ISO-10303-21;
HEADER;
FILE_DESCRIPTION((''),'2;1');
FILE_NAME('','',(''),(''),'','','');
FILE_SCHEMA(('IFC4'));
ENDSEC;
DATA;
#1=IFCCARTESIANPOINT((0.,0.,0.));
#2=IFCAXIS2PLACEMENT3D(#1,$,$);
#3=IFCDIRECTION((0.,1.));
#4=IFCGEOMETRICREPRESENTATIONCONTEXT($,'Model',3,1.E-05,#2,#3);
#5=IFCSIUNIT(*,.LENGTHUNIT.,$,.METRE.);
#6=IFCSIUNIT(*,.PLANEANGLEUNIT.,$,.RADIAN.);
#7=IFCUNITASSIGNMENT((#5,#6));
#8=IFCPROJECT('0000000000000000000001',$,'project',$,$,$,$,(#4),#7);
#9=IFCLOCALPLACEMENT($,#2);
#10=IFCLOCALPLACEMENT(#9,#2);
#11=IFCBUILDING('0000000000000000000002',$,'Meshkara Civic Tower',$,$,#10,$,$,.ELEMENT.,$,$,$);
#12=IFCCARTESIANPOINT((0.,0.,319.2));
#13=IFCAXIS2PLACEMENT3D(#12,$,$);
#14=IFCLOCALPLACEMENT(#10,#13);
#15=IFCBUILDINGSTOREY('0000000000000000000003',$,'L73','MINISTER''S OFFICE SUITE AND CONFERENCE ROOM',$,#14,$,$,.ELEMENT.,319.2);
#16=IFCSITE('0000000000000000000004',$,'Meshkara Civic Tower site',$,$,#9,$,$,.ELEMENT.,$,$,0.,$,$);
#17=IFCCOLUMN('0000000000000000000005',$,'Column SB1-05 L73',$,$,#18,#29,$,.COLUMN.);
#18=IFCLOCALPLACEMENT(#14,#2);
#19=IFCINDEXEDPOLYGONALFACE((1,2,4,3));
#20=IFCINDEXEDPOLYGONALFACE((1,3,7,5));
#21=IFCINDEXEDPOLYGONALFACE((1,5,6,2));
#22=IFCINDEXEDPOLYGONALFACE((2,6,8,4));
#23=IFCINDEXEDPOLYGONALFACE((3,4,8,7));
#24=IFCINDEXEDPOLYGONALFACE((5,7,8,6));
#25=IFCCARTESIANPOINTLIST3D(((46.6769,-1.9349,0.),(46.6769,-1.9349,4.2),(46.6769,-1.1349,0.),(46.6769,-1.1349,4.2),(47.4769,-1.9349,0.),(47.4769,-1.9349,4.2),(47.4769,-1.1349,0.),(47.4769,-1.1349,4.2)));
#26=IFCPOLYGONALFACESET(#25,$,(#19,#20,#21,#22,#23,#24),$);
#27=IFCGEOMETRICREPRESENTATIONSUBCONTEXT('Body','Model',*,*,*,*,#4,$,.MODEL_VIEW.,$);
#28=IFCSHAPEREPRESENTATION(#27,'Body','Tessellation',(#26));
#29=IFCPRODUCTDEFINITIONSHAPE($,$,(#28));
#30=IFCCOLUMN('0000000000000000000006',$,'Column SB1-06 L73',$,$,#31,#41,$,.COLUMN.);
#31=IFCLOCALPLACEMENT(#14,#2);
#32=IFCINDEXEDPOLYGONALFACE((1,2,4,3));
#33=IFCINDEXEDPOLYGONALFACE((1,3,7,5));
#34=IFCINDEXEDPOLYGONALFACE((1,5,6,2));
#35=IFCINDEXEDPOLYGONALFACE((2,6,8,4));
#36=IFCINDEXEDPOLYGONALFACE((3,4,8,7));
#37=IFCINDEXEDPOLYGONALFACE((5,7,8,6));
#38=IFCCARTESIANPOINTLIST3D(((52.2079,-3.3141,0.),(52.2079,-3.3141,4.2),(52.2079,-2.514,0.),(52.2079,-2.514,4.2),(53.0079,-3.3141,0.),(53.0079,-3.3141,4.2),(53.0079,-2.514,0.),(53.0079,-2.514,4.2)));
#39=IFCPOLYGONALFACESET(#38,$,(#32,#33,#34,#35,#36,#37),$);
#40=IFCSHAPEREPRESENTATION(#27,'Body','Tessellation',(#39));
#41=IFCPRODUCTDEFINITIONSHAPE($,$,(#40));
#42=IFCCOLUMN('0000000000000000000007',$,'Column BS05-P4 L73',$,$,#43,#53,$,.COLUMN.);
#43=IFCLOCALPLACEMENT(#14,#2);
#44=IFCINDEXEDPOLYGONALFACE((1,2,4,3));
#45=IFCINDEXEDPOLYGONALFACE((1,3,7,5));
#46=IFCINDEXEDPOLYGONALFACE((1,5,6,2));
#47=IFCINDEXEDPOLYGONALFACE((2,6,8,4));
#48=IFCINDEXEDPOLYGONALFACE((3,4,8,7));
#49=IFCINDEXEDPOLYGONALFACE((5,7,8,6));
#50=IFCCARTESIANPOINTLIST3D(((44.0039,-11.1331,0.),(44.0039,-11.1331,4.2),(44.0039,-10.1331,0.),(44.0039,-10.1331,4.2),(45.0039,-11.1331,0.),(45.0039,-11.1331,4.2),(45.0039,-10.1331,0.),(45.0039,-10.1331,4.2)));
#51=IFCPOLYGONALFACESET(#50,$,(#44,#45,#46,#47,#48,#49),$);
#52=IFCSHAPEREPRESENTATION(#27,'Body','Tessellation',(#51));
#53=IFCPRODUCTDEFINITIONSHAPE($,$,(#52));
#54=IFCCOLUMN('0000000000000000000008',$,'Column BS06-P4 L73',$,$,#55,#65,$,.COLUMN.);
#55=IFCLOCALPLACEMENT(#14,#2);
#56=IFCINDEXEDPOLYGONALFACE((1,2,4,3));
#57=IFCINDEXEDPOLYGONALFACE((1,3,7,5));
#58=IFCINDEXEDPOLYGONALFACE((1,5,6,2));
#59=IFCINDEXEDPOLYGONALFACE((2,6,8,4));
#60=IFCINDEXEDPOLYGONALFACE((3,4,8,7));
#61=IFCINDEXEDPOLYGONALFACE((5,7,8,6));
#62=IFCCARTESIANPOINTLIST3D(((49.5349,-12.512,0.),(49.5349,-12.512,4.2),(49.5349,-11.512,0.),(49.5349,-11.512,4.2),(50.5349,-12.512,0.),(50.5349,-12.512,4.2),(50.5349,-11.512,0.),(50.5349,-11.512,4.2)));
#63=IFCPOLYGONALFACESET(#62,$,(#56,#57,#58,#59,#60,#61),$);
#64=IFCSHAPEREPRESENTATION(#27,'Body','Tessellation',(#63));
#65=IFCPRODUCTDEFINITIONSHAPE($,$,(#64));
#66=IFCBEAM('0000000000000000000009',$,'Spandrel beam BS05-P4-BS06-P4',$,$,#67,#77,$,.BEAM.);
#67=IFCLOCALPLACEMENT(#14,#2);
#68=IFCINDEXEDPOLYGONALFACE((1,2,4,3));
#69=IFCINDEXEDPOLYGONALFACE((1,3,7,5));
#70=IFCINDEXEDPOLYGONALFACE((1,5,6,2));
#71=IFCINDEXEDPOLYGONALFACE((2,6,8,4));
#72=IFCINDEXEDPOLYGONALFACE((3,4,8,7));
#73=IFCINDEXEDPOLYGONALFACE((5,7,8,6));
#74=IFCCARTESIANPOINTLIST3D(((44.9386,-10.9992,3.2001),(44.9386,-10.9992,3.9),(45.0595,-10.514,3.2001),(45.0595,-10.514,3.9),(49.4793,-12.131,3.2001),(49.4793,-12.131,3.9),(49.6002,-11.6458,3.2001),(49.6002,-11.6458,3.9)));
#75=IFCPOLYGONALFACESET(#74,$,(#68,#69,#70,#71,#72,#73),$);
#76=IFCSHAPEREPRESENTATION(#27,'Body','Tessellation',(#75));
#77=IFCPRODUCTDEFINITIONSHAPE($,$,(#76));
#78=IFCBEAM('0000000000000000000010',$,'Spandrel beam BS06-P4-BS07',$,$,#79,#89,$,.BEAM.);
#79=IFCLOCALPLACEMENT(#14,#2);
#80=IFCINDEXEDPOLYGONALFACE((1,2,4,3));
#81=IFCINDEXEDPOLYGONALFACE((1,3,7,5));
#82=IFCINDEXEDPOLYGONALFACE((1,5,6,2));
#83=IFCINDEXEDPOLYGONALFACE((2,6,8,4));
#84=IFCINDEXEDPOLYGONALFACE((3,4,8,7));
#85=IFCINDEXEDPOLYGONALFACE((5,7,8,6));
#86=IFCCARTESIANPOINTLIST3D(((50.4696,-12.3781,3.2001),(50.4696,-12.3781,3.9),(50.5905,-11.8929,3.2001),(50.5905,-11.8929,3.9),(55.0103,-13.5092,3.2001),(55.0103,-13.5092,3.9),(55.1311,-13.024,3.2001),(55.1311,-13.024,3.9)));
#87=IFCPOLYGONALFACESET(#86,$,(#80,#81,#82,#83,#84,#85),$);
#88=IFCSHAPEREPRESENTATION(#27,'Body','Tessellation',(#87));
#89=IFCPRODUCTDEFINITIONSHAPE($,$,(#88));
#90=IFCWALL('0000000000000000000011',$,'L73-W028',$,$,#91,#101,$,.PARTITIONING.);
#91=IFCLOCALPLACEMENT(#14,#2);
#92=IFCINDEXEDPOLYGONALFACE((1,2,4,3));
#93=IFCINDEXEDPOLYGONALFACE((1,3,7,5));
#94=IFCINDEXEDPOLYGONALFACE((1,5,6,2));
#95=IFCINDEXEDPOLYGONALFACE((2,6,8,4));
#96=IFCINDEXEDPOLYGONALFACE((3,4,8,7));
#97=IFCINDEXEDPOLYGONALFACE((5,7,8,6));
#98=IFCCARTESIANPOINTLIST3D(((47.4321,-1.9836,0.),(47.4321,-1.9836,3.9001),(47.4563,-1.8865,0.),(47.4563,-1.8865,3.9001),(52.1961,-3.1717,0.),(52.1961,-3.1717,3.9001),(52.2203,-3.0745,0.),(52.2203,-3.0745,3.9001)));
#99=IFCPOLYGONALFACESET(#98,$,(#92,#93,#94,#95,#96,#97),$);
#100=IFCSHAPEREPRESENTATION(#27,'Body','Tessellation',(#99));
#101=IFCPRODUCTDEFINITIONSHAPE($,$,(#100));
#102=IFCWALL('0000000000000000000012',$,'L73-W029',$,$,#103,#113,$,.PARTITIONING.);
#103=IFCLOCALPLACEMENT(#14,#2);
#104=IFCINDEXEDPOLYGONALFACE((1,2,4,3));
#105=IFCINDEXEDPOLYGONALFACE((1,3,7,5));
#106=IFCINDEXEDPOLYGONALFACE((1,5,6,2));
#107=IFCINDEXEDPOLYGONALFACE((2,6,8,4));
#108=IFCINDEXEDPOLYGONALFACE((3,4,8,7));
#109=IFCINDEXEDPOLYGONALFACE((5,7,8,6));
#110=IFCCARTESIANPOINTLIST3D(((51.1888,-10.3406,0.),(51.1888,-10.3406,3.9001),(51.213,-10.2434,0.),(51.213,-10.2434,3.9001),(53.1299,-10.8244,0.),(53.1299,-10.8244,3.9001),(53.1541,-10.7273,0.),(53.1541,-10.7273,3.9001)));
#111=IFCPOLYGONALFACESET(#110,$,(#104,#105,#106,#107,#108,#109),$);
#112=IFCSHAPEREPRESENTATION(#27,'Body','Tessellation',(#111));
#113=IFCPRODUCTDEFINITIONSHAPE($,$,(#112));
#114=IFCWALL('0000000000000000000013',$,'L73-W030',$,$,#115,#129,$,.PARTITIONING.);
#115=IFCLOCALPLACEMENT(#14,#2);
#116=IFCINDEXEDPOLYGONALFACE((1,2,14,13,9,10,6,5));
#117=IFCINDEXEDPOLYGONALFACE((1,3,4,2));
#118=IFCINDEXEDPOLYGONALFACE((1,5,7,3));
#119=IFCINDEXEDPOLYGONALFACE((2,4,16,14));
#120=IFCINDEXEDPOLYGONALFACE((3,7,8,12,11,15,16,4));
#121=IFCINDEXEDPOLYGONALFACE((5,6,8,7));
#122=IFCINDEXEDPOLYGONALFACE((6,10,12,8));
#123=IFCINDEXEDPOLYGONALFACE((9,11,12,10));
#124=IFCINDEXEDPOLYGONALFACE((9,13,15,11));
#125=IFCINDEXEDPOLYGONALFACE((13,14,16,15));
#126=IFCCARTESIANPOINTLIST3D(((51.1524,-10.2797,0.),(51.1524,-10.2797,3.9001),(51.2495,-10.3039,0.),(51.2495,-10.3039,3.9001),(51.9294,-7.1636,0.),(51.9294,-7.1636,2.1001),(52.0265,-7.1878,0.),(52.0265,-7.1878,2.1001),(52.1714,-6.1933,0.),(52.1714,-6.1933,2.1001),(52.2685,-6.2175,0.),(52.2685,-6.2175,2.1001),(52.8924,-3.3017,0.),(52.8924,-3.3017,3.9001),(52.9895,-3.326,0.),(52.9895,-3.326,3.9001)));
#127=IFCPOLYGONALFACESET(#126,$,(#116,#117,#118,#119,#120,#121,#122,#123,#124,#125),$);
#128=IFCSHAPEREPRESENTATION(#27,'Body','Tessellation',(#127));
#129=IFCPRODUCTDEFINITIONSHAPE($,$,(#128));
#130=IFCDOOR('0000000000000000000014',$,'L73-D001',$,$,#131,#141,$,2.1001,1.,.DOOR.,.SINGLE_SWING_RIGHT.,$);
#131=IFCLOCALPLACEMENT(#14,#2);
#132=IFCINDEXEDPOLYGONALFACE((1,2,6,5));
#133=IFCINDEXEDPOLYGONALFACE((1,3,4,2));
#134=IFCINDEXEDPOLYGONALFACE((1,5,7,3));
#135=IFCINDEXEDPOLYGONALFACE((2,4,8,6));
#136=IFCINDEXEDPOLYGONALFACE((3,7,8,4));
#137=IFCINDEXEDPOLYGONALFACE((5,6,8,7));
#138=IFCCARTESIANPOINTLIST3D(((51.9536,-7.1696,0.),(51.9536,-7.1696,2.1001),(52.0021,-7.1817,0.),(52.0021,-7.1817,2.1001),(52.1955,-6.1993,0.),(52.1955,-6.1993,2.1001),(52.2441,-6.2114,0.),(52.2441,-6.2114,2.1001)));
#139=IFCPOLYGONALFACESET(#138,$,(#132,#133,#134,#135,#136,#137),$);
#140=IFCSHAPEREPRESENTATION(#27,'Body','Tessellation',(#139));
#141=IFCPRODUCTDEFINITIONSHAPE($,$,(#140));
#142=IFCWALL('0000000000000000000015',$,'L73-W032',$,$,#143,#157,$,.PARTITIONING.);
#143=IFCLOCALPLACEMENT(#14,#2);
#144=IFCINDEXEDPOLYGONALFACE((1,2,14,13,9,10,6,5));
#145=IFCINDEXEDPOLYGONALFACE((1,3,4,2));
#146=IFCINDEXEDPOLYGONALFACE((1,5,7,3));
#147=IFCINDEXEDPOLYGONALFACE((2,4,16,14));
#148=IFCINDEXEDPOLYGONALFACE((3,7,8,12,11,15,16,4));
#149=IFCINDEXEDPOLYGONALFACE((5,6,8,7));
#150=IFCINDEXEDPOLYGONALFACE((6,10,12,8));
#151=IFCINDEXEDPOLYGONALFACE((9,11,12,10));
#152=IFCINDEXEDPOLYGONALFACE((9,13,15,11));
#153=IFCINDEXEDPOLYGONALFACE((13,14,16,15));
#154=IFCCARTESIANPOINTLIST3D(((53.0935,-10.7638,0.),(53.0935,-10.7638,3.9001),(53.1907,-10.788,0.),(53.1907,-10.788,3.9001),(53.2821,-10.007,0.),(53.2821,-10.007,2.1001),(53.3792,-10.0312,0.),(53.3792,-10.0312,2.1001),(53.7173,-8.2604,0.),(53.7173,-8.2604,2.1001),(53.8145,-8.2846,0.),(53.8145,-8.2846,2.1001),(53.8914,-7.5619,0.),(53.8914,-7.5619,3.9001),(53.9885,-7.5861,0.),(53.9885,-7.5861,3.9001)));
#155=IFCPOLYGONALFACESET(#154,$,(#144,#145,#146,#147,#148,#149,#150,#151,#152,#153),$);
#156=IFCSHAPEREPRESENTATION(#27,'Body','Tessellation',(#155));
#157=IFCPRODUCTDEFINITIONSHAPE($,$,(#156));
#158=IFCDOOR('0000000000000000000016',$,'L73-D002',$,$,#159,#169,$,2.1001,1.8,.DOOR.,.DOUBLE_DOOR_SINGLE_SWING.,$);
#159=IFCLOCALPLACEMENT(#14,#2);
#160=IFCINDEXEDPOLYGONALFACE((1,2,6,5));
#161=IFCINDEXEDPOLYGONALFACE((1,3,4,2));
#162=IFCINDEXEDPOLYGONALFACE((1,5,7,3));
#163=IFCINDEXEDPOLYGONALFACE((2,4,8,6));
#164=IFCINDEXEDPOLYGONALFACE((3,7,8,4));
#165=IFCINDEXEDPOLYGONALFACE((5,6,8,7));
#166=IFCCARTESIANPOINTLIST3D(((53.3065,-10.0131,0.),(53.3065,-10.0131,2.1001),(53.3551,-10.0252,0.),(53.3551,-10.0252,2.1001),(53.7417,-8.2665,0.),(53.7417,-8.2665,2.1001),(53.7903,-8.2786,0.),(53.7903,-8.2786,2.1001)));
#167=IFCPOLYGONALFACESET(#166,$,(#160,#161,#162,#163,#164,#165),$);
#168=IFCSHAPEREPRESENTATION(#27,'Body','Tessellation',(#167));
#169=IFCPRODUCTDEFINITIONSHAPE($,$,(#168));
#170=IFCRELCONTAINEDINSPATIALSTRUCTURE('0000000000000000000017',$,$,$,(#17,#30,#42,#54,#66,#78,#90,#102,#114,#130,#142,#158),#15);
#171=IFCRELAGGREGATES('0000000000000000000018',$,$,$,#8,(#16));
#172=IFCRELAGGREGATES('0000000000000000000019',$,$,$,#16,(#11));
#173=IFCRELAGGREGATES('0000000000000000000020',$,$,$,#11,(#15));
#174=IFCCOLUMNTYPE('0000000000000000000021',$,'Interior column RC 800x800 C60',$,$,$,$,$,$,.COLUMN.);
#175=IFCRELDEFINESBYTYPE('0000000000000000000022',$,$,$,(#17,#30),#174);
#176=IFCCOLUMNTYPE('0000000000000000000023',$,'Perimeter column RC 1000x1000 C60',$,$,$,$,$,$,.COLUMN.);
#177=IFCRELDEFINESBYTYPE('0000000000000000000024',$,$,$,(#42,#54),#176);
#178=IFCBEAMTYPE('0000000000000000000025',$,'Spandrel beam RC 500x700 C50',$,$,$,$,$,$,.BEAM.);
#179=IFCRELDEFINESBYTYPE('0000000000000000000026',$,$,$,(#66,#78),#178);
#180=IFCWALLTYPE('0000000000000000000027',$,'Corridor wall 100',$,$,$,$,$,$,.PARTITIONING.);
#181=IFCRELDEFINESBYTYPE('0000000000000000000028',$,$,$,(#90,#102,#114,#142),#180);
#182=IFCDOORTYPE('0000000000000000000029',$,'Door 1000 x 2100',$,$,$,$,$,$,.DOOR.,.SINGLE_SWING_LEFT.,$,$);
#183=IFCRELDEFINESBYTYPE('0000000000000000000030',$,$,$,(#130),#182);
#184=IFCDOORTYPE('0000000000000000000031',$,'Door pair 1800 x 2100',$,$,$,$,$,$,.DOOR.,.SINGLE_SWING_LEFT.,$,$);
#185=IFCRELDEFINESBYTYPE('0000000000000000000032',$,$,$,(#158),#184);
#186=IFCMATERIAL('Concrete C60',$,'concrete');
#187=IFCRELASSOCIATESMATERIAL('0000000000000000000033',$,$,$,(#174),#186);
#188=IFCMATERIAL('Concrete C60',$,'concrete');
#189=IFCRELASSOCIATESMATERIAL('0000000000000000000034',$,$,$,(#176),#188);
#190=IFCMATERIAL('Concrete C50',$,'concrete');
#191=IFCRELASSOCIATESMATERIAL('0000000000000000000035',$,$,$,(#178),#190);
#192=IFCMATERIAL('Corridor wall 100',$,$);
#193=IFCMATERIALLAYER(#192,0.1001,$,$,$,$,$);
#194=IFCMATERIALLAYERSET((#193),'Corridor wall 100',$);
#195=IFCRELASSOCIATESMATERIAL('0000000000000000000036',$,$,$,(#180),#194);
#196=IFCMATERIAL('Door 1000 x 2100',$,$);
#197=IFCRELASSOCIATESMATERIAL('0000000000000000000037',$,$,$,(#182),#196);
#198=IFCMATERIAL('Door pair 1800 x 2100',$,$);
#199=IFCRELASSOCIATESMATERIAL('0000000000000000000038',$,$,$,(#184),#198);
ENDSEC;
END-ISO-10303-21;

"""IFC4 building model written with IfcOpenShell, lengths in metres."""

from ifc_helpers import new_model, si_unit, direction, frame, frame_2d, origin, origin_2d, place, context, subcontext, project, spatial, rectangle, extrude, material, layer, layer_set, material_profile, profile_set, type_object, element, fill, save


model = new_model("IFC4")

# Units and contexts
model_context = context("Model", 3, precision=1e-05, world=origin(), true_north=direction((0.0, 1.0)))
body_context = subcontext(model_context, "Body", "Model", "MODEL_VIEW")
ifc_project = project(units=[si_unit("LENGTHUNIT", "METRE"), si_unit("PLANEANGLEUNIT", "RADIAN")], contexts=[model_context])

# Site, building, storey
site_placement = place(None, origin())
site = spatial("IfcSite", under=ifc_project, at=site_placement, Name="Meshkara Civic Tower site", CompositionType="ELEMENT", RefElevation=0.0)
building_placement = place(site_placement, origin())
building = spatial("IfcBuilding", under=site, at=building_placement, Name="Meshkara Civic Tower", CompositionType="ELEMENT")
storey_placement = place(building_placement, frame((0.0, 0.0, 319.2)))
storey = spatial("IfcBuildingStorey", under=building, at=storey_placement, Name="L73", Description="MINISTER'S OFFICE SUITE AND CONFERENCE ROOM", CompositionType="ELEMENT", Elevation=319.2)

# Columns
ifc_material_1 = material(Name="Concrete C60", Category="concrete")
ifc_material_profile_1 = material_profile(ifc_material_1, rectangle(XDim=0.8, YDim=0.8, at=origin_2d()))
ifc_profile_set_1 = profile_set([ifc_material_profile_1], Name="Concrete C60")
column_type_1 = type_object("IfcColumnType", Name="Interior column RC 800x800 C60", PredefinedType="COLUMN", material=ifc_profile_set_1)
for number, where, z_axis, x_axis, name in (
    (1, (47.0769, -1.5349, 0.0), (0.0, 0.0, 1.0), (1.0, 0.0, 0.0), "Column SB1-05 L73"),
    (2, (52.6079, -2.9141, 0.0), (0.0, 0.0, 1.0), (1.0, 0.0, 0.0), "Column SB1-06 L73"),
):
    element("IfcColumn", number, at=place(storey_placement, frame(where, z_axis=z_axis, x_axis=x_axis)), inside=storey, type_object=column_type_1, Name=name, PredefinedType="COLUMN", context=body_context, shape_type="SweptSolid", body=[
        extrude(rectangle(XDim=0.8, YDim=0.8, at=origin_2d()), origin(), (0.0, 0.0, 1.0), 4.2),
    ])
ifc_material_2 = material(Name="Concrete C60", Category="concrete")
ifc_material_profile_2 = material_profile(ifc_material_2, rectangle(XDim=1.0, YDim=1.0, at=origin_2d()))
ifc_profile_set_2 = profile_set([ifc_material_profile_2], Name="Concrete C60")
column_type_2 = type_object("IfcColumnType", Name="Perimeter column RC 1000x1000 C60", PredefinedType="COLUMN", material=ifc_profile_set_2)
for number, where, z_axis, x_axis, name in (
    (3, (44.5039, -10.6331, 0.0), (0.0, 0.0, 1.0), (1.0, 0.0, 0.0), "Column BS05-P4 L73"),
    (4, (50.0349, -12.012, 0.0), (0.0, 0.0, 1.0), (1.0, 0.0, 0.0), "Column BS06-P4 L73"),
):
    element("IfcColumn", number, at=place(storey_placement, frame(where, z_axis=z_axis, x_axis=x_axis)), inside=storey, type_object=column_type_2, Name=name, PredefinedType="COLUMN", context=body_context, shape_type="SweptSolid", body=[
        extrude(rectangle(XDim=1.0, YDim=1.0, at=origin_2d()), origin(), (0.0, 0.0, 1.0), 4.2),
    ])

# Beams
ifc_material_3 = material(Name="Concrete C50", Category="concrete")
ifc_material_profile_3 = material_profile(ifc_material_3, rectangle(XDim=0.5, YDim=0.7, at=origin_2d()))
ifc_profile_set_3 = profile_set([ifc_material_profile_3], Name="Concrete C50")
beam_type = type_object("IfcBeamType", Name="Spandrel beam RC 500x700 C50", PredefinedType="BEAM", material=ifc_profile_set_3)
beam_1_placement = place(storey_placement, frame((44.999, -10.7566, 3.55), z_axis=(0.970311, -0.24186, 0.0), x_axis=(0.24186, 0.970311, 0.0)))
element("IfcBeam", 5, at=beam_1_placement, inside=storey, type_object=beam_type, Name="Spandrel beam BS05-P4-BS06-P4", PredefinedType="BEAM", context=body_context, shape_type="SweptSolid", body=[
    extrude(rectangle(XDim=0.5, YDim=0.7, at=origin_2d()), origin(), (0.0, 0.0, 1.0), 4.6797),
])
beam_2_placement = place(storey_placement, frame((50.53, -12.1355, 3.55), z_axis=(0.970348, -0.241713, 0.0), x_axis=(0.241713, 0.970348, 0.0)))
element("IfcBeam", 6, at=beam_2_placement, inside=storey, type_object=beam_type, Name="Spandrel beam BS06-P4-BS07", PredefinedType="BEAM", context=body_context, shape_type="SweptSolid", body=[
    extrude(rectangle(XDim=0.5, YDim=0.7, at=origin_2d()), origin(), (0.0, 0.0, 1.0), 4.6794),
])

# Walls
ifc_material_4 = material(Name="Corridor wall 100")
ifc_layer_1 = layer(ifc_material_4, 0.1001)
ifc_layer_set_1 = layer_set([ifc_layer_1], Name="Corridor wall 100")
wall_type_1 = type_object("IfcWallType", Name="Corridor wall 100", PredefinedType="PARTITIONING", material=ifc_layer_set_1)
wall_1_placement = place(storey_placement, frame((47.4441, -1.9351, 0.0), z_axis=(0.0, 0.0, 1.0), x_axis=(0.970286, -0.241962, 0.0)))
element("IfcWall", 7, at=wall_1_placement, inside=storey, type_object=wall_type_1, Name="L73-W028", PredefinedType="PARTITIONING", context=body_context, shape_type="SweptSolid", body=[
    extrude(rectangle(XDim=4.9099, YDim=0.1001, at=frame_2d((2.4551, 0.0))), origin(), (0.0, 0.0, 1.0), 3.9001),
])
wall_2_placement = place(storey_placement, frame((51.2009, -10.292, 0.0), z_axis=(0.0, 0.0, 1.0), x_axis=(0.970307, -0.241875, 0.0)))
element("IfcWall", 8, at=wall_2_placement, inside=storey, type_object=wall_type_1, Name="L73-W029", PredefinedType="PARTITIONING", context=body_context, shape_type="SweptSolid", body=[
    extrude(rectangle(XDim=2.0005, YDim=0.1001, at=frame_2d((1.0002, 0.0))), origin(), (0.0, 0.0, 1.0), 3.9001),
])

# Walls, openings, doors
wall_3_placement = place(storey_placement, frame((52.9409, -3.314, 0.0), z_axis=(0.0, 0.0, 1.0), x_axis=(-0.241944, -0.97029, 0.0)))
wall_3 = element("IfcWall", 9, at=wall_3_placement, inside=storey, type_object=wall_type_1, Name="L73-W030", PredefinedType="PARTITIONING", context=body_context, shape_type="SweptSolid", body=[
    extrude(rectangle(XDim=7.1917, YDim=0.1001, at=frame_2d((3.5957, 0.0))), origin(), (0.0, 0.0, 1.0), 3.9001),
])
opening_1_placement = place(wall_3_placement, frame((2.98, 0.0, 0.0)))
opening_1 = element("IfcOpeningElement", 10, at=opening_1_placement, cuts=wall_3, PredefinedType="OPENING", context=body_context, shape_type="SweptSolid", body=[
    extrude(rectangle(XDim=1.0, YDim=2.1001, at=frame_2d((0.5, 1.05))), frame((0.0, 0.0601, 0.0), z_axis=(0.0, -1.0, 0.0), x_axis=(1.0, 0.0, 0.0)), (0.0, 0.0, 1.0), 0.1201),
])
ifc_material_5 = material(Name="Door 1000 x 2100")
door_type_1 = type_object("IfcDoorType", Name="Door 1000 x 2100", OperationType="SINGLE_SWING_LEFT", PredefinedType="DOOR", material=ifc_material_5)
door_1_placement = place(opening_1_placement, origin())
door_1 = element("IfcDoor", 11, at=door_1_placement, inside=storey, type_object=door_type_1, Name="L73-D001", OperationType="SINGLE_SWING_RIGHT", OverallHeight=2.1001, OverallWidth=1.0, PredefinedType="DOOR", context=body_context, shape_type="SweptSolid", body=[
    extrude(rectangle(XDim=1.0, YDim=2.1001, at=frame_2d((0.5, 1.05))), frame((0.0, 0.0249, 0.0), z_axis=(0.0, -1.0, 0.0), x_axis=(1.0, 0.0, 0.0)), (0.0, 0.0, 1.0), 0.05),
])
fill(opening_1, door_1)
wall_4_placement = place(storey_placement, frame((53.1421, -10.7759, 0.0), z_axis=(0.0, 0.0, 1.0), x_axis=(0.241787, 0.970329, 0.0)))
wall_4 = element("IfcWall", 12, at=wall_4_placement, inside=storey, type_object=wall_type_1, Name="L73-W032", PredefinedType="PARTITIONING", context=body_context, shape_type="SweptSolid", body=[
    extrude(rectangle(XDim=3.2998, YDim=0.1001, at=frame_2d((1.6499, 0.0))), origin(), (0.0, 0.0, 1.0), 3.9001),
])
opening_2_placement = place(wall_4_placement, frame((0.78, 0.0, 0.0)))
opening_2 = element("IfcOpeningElement", 13, at=opening_2_placement, cuts=wall_4, PredefinedType="OPENING", context=body_context, shape_type="SweptSolid", body=[
    extrude(rectangle(XDim=1.8, YDim=2.1001, at=frame_2d((0.8999, 1.05))), frame((0.0, 0.0601, 0.0), z_axis=(0.0, -1.0, 0.0), x_axis=(1.0, 0.0, 0.0)), (0.0, 0.0, 1.0), 0.1201),
])
ifc_material_6 = material(Name="Door pair 1800 x 2100")
door_type_2 = type_object("IfcDoorType", Name="Door pair 1800 x 2100", OperationType="SINGLE_SWING_LEFT", PredefinedType="DOOR", material=ifc_material_6)
door_2_placement = place(opening_2_placement, origin())
door_2 = element("IfcDoor", 14, at=door_2_placement, inside=storey, type_object=door_type_2, Name="L73-D002", OperationType="DOUBLE_DOOR_SINGLE_SWING", OverallHeight=2.1001, OverallWidth=1.8, PredefinedType="DOOR", context=body_context, shape_type="SweptSolid", body=[
    extrude(rectangle(XDim=1.8, YDim=2.1001, at=frame_2d((0.8999, 1.05))), frame((0.0, 0.0249, 0.0), z_axis=(0.0, -1.0, 0.0), x_axis=(1.0, 0.0, 0.0)), (0.0, 0.0, 1.0), 0.05),
])
fill(opening_2, door_2)

save(model, "model.ifc")
